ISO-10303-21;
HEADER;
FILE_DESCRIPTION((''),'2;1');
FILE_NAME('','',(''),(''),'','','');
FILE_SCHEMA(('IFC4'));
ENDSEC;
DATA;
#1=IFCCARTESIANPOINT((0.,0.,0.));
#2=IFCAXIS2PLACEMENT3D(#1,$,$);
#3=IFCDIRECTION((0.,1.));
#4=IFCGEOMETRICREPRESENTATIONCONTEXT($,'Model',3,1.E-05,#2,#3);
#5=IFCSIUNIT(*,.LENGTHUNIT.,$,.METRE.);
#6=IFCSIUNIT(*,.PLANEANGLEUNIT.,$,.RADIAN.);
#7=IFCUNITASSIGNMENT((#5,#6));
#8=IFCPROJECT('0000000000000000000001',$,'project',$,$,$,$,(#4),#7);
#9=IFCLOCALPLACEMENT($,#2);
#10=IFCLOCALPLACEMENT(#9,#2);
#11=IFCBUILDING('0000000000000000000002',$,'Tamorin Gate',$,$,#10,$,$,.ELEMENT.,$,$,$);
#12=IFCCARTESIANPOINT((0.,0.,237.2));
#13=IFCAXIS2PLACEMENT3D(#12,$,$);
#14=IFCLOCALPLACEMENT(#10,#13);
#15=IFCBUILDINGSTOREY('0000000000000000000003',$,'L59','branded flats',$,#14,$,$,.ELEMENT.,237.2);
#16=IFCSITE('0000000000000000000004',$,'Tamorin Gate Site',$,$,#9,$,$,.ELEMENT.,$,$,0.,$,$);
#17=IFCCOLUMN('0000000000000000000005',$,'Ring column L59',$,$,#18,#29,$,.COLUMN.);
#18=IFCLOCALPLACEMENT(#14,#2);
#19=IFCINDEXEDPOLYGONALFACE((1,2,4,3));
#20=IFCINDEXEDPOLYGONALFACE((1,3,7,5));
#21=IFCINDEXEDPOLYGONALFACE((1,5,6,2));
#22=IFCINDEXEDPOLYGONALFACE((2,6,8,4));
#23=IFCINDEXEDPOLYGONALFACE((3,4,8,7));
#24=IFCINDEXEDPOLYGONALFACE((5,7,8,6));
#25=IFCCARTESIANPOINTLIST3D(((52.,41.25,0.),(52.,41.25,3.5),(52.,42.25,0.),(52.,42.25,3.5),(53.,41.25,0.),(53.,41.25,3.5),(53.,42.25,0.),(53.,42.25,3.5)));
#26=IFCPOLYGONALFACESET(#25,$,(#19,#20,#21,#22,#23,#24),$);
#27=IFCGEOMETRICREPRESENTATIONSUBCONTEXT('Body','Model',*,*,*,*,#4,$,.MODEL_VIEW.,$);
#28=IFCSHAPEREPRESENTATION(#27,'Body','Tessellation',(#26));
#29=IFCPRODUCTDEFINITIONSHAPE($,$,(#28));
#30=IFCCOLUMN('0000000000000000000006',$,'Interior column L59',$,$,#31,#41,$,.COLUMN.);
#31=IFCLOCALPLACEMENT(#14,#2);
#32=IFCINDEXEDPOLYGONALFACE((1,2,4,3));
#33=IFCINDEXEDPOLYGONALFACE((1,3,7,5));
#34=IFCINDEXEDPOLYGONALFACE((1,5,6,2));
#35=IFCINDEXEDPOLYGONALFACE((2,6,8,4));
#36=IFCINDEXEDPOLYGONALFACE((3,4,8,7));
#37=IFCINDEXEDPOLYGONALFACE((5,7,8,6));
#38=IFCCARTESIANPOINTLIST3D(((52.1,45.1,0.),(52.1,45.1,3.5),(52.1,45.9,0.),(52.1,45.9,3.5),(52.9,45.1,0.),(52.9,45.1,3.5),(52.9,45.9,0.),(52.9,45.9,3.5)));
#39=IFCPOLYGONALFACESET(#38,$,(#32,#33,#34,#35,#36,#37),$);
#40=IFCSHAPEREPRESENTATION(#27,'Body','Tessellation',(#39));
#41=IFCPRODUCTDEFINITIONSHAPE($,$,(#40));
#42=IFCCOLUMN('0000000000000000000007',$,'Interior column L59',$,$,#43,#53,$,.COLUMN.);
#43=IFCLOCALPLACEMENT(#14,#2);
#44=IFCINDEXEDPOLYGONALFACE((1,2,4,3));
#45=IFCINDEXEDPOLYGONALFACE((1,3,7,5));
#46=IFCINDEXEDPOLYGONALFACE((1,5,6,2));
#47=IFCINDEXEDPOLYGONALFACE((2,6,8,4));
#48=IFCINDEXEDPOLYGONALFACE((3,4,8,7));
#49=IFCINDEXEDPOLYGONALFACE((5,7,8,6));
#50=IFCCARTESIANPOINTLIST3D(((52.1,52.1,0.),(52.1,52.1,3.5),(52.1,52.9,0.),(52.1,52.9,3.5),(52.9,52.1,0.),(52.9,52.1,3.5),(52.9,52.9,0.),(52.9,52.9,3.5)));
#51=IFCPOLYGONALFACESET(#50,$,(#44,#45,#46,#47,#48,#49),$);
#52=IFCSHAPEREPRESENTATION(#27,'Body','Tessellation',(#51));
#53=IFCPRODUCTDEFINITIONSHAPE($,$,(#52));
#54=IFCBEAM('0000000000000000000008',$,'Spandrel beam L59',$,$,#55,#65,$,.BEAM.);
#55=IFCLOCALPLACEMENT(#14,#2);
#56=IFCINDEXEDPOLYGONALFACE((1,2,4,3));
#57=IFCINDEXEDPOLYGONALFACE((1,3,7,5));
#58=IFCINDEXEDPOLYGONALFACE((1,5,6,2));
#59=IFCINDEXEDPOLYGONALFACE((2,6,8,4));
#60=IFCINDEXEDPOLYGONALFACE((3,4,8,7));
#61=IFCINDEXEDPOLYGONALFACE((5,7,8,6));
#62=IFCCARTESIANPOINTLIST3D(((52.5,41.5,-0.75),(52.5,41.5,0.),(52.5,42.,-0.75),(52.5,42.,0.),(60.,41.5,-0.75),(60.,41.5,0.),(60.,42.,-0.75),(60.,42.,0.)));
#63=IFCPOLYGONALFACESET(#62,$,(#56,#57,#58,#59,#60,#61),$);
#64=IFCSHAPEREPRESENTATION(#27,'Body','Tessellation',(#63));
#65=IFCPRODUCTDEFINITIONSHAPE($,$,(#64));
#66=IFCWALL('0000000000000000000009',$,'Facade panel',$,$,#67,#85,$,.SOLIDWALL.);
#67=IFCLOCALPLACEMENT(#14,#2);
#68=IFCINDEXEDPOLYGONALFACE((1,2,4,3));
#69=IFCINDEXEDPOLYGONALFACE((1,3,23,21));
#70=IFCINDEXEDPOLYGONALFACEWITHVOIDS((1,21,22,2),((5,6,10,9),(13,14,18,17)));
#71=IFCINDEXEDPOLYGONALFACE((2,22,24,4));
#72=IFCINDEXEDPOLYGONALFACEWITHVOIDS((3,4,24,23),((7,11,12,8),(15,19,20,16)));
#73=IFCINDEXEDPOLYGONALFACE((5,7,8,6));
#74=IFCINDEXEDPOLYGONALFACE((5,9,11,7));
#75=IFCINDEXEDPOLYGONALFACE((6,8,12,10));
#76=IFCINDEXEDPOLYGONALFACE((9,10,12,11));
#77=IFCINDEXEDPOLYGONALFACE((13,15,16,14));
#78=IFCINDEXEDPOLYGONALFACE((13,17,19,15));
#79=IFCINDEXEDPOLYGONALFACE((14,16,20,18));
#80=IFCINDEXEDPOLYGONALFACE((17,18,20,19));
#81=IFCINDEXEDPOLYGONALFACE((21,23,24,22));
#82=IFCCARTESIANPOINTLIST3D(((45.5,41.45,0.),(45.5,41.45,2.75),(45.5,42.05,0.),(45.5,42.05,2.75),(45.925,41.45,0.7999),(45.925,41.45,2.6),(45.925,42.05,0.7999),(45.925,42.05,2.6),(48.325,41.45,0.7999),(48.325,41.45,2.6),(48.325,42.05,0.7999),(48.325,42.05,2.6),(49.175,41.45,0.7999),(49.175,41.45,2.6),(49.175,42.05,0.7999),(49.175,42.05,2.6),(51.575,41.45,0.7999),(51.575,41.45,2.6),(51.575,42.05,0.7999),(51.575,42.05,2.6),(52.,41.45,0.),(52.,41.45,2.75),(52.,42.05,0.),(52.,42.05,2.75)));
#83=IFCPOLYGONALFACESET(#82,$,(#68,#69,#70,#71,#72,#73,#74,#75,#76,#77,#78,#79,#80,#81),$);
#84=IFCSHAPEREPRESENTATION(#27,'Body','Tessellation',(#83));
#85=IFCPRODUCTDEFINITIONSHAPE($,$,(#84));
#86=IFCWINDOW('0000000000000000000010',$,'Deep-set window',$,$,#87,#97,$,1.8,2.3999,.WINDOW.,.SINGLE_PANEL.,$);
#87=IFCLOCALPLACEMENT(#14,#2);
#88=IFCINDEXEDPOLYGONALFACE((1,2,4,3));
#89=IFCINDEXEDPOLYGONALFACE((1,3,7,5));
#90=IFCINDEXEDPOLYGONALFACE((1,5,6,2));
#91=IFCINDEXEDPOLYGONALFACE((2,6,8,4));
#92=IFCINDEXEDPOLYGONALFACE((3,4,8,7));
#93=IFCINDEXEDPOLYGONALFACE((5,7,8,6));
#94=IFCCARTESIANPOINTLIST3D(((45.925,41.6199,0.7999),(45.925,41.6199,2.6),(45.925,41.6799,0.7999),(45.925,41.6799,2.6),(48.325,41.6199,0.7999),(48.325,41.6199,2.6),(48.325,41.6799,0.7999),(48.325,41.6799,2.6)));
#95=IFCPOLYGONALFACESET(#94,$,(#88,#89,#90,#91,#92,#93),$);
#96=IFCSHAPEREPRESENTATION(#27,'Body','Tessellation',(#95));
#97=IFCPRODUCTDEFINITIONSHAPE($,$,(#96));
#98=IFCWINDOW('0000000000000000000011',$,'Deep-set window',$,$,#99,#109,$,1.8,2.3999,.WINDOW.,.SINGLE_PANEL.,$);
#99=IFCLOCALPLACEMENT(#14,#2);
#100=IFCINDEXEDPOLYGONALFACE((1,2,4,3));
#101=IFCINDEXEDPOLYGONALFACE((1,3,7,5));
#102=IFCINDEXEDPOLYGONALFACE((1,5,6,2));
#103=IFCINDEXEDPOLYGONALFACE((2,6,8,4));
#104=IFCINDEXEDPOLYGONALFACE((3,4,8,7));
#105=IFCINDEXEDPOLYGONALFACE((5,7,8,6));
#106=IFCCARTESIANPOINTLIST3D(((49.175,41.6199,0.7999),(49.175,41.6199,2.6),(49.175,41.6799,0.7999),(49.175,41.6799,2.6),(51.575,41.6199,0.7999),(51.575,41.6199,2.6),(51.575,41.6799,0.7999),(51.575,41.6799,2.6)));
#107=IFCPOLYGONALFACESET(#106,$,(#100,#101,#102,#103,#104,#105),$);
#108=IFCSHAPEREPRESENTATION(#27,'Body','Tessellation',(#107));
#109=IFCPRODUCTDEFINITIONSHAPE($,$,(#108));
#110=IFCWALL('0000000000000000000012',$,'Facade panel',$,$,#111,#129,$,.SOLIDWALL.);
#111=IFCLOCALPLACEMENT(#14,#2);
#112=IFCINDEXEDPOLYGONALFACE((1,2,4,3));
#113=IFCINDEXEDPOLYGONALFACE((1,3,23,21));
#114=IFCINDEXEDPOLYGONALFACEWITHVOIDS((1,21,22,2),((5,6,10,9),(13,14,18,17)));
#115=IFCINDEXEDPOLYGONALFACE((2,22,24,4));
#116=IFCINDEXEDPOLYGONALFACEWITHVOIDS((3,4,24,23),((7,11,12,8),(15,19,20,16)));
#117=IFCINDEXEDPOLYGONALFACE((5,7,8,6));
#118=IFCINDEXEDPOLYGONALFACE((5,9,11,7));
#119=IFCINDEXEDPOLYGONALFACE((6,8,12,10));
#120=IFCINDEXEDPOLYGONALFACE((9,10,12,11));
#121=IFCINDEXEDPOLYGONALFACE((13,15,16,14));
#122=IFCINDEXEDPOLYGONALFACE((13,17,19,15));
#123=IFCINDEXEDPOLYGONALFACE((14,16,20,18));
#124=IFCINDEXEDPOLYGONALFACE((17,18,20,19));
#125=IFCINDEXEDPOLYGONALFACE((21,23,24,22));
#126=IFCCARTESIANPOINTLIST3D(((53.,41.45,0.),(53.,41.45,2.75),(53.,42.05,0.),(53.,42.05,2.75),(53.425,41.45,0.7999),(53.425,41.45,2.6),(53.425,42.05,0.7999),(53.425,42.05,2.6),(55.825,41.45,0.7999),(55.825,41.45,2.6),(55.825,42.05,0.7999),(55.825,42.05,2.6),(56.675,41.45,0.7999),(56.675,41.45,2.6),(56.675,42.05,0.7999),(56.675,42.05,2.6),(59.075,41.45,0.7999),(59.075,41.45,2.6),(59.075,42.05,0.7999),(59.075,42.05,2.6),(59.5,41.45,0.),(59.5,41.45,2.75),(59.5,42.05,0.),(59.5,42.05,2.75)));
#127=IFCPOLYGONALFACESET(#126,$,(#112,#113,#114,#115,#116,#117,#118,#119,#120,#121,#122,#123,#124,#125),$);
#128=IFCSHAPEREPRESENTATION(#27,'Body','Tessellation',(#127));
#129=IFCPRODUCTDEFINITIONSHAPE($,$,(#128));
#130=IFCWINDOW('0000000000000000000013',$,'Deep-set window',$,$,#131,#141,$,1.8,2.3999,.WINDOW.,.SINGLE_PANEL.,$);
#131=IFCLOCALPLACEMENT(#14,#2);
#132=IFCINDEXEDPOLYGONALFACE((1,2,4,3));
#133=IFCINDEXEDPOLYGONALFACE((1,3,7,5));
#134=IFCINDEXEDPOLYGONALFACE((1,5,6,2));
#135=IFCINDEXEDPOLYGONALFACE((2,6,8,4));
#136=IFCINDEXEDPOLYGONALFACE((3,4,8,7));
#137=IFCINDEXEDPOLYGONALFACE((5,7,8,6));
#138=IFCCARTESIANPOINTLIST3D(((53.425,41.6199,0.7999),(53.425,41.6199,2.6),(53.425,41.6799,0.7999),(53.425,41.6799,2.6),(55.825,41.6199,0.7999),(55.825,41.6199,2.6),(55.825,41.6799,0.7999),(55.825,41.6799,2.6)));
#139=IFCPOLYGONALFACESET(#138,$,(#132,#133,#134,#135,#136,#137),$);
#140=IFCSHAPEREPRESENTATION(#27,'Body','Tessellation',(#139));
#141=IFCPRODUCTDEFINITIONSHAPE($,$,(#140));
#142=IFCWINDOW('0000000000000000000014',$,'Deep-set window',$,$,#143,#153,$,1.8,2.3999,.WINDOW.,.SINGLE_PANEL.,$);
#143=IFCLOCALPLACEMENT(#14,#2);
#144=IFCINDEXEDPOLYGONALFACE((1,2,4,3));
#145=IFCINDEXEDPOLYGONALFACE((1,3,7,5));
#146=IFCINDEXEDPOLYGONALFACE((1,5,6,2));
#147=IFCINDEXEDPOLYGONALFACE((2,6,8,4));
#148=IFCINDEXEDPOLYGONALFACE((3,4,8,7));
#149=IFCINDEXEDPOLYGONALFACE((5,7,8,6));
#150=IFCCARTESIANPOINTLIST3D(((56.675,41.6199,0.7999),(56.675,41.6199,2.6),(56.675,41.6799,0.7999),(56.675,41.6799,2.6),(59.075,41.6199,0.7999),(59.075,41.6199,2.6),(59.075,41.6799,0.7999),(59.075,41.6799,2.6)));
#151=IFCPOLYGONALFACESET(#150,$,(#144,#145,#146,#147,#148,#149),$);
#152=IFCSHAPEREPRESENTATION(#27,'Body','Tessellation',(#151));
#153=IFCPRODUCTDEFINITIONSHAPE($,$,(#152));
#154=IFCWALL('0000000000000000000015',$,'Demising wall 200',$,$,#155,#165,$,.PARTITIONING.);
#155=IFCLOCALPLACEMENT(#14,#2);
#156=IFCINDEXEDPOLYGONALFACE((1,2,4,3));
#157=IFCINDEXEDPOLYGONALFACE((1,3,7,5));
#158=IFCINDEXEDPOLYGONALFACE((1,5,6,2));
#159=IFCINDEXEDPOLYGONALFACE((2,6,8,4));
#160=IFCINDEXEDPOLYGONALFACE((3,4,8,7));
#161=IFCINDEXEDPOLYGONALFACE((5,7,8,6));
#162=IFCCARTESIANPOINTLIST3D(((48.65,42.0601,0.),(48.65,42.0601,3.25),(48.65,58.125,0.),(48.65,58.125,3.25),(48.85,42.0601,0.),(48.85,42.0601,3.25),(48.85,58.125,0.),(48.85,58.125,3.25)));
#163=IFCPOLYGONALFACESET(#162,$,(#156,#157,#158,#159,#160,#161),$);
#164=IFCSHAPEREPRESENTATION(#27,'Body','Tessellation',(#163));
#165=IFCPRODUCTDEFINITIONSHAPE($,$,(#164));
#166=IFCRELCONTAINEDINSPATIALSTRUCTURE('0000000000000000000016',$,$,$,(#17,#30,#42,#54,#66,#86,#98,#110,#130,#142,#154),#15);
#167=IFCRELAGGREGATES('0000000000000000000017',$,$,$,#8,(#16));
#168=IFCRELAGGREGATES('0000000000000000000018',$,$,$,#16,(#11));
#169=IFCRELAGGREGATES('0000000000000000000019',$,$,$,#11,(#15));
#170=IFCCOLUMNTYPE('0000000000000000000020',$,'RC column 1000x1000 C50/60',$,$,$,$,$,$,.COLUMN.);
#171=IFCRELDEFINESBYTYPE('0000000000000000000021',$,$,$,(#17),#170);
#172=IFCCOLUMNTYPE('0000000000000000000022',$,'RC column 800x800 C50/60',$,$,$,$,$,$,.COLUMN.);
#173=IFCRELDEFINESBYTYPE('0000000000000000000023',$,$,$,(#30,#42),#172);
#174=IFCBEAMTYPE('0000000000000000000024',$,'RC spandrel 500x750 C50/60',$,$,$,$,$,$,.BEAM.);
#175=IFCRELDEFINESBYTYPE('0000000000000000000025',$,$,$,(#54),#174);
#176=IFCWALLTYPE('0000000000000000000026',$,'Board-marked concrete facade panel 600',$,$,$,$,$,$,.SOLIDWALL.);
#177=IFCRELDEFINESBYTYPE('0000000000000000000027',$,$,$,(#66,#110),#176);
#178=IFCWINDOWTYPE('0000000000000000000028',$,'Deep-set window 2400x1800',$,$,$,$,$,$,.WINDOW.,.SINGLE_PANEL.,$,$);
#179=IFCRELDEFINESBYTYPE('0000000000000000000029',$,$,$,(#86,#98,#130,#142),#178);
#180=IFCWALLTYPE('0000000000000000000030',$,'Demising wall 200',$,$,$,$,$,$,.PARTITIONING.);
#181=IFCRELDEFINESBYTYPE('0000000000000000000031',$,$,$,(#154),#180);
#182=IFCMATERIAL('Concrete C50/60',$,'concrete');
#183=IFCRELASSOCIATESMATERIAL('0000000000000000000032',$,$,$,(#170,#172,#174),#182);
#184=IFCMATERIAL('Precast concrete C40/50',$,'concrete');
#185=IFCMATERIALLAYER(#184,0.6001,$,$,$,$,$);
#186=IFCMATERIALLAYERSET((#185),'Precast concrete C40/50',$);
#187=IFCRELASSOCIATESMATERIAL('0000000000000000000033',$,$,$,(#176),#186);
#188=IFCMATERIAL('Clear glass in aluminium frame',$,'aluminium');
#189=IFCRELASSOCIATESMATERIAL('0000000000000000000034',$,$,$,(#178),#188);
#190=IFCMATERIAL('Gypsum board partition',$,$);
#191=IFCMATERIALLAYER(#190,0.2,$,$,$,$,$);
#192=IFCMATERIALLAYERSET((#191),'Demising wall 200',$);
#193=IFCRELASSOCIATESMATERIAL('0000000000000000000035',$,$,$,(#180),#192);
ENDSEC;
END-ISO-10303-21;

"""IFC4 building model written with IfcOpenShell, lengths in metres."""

from ifc_helpers import new_model, si_unit, direction, frame, frame_2d, origin, origin_2d, place, context, subcontext, project, spatial, rectangle, extrude, material, layer, layer_set, material_profile, profile_set, type_object, element, fill, save


model = new_model("IFC4")

# Units and contexts
model_context = context("Model", 3, precision=1e-05, world=origin(), true_north=direction((0.0, 1.0)))
body_context = subcontext(model_context, "Body", "Model", "MODEL_VIEW")
ifc_project = project(units=[si_unit("LENGTHUNIT", "METRE"), si_unit("PLANEANGLEUNIT", "RADIAN")], contexts=[model_context])

# Site, building, storey
site_placement = place(None, origin())
site = spatial("IfcSite", under=ifc_project, at=site_placement, Name="Tamorin Gate Site", CompositionType="ELEMENT", RefElevation=0.0)
building_placement = place(site_placement, origin())
building = spatial("IfcBuilding", under=site, at=building_placement, Name="Tamorin Gate", CompositionType="ELEMENT")
storey_placement = place(building_placement, frame((0.0, 0.0, 237.2)))
storey = spatial("IfcBuildingStorey", under=building, at=storey_placement, Name="L59", Description="branded flats", CompositionType="ELEMENT", Elevation=237.2)

# Columns
ifc_material_1 = material(Name="Concrete C50/60", Category="concrete")
ifc_material_profile_1 = material_profile(ifc_material_1, rectangle(XDim=1.0, YDim=1.0, at=origin_2d()), Name="RC 1000x1000")
ifc_profile_set_1 = profile_set([ifc_material_profile_1], Name="Concrete C50/60")
column_type_1 = type_object("IfcColumnType", Name="RC column 1000x1000 C50/60", PredefinedType="COLUMN", material=ifc_profile_set_1)
column_placement = place(storey_placement, frame((52.5, 41.75, 0.0), z_axis=(0.0, 0.0, 1.0), x_axis=(1.0, 0.0, 0.0)))
element("IfcColumn", 1, at=column_placement, inside=storey, type_object=column_type_1, Name="Ring column L59", PredefinedType="COLUMN", context=body_context, shape_type="SweptSolid", body=[
    extrude(rectangle(XDim=1.0, YDim=1.0, at=origin_2d()), origin(), (0.0, 0.0, 1.0), 3.5),
])
ifc_material_profile_2 = material_profile(ifc_material_1, rectangle(XDim=0.8, YDim=0.8, at=origin_2d()), Name="RC 800x800")
ifc_profile_set_2 = profile_set([ifc_material_profile_2], Name="Concrete C50/60")
column_type_2 = type_object("IfcColumnType", Name="RC column 800x800 C50/60", PredefinedType="COLUMN", material=ifc_profile_set_2)
for number, where, z_axis, x_axis, name in (
    (2, (52.5, 45.5, 0.0), (0.0, 0.0, 1.0), (1.0, 0.0, 0.0), "Interior column L59"),
    (3, (52.5, 52.5, 0.0), (0.0, 0.0, 1.0), (1.0, 0.0, 0.0), "Interior column L59"),
):
    element("IfcColumn", number, at=place(storey_placement, frame(where, z_axis=z_axis, x_axis=x_axis)), inside=storey, type_object=column_type_2, Name=name, PredefinedType="COLUMN", context=body_context, shape_type="SweptSolid", body=[
        extrude(rectangle(XDim=0.8, YDim=0.8, at=origin_2d()), origin(), (0.0, 0.0, 1.0), 3.5),
    ])

# Beam
ifc_material_profile_3 = material_profile(ifc_material_1, rectangle(XDim=0.5, YDim=0.75, at=origin_2d()), Name="RC 500x750")
ifc_profile_set_3 = profile_set([ifc_material_profile_3], Name="Concrete C50/60")
beam_type = type_object("IfcBeamType", Name="RC spandrel 500x750 C50/60", PredefinedType="BEAM", material=ifc_profile_set_3)
beam_placement = place(storey_placement, frame((52.5, 41.75, -0.375), z_axis=(1.0, 0.0, 0.0), x_axis=(0.0, 1.0, 0.0)))
element("IfcBeam", 4, at=beam_placement, inside=storey, type_object=beam_type, Name="Spandrel beam L59", PredefinedType="BEAM", context=body_context, shape_type="SweptSolid", body=[
    extrude(rectangle(XDim=0.5, YDim=0.75, at=origin_2d()), origin(), (0.0, 0.0, 1.0), 7.5),
])

# Walls, openings, windows
ifc_material_2 = material(Name="Precast concrete C40/50", Category="concrete")
ifc_layer_1 = layer(ifc_material_2, 0.6001)
ifc_layer_set_1 = layer_set([ifc_layer_1], Name="Precast concrete C40/50")
wall_type_1 = type_object("IfcWallType", Name="Board-marked concrete facade panel 600", PredefinedType="SOLIDWALL", material=ifc_layer_set_1)
wall_1_placement = place(storey_placement, frame((45.5, 41.75, 0.0), z_axis=(0.0, 0.0, 1.0), x_axis=(1.0, 0.0, 0.0)))
wall_1 = element("IfcWall", 5, at=wall_1_placement, inside=storey, type_object=wall_type_1, Name="Facade panel", PredefinedType="SOLIDWALL", context=body_context, shape_type="SweptSolid", body=[
    extrude(rectangle(XDim=6.5, YDim=0.6001, at=frame_2d((3.25, 0.0))), origin(), (0.0, 0.0, 1.0), 2.75),
])
opening_1_placement = place(wall_1_placement, frame((0.425, 0.0, 0.8)))
opening_1 = element("IfcOpeningElement", 6, at=opening_1_placement, cuts=wall_1, PredefinedType="OPENING", context=body_context, shape_type="SweptSolid", body=[
    extrude(rectangle(XDim=2.3999, YDim=1.8, at=frame_2d((1.2, 0.8999))), frame((0.0, 0.3101, 0.0), z_axis=(0.0, -1.0, 0.0), x_axis=(1.0, 0.0, 0.0)), (0.0, 0.0, 1.0), 0.6201),
])
opening_2_placement = place(wall_1_placement, frame((3.675, 0.0, 0.8)))
opening_2 = element("IfcOpeningElement", 7, at=opening_2_placement, cuts=wall_1, PredefinedType="OPENING", context=body_context, shape_type="SweptSolid", body=[
    extrude(rectangle(XDim=2.3999, YDim=1.8, at=frame_2d((1.2, 0.8999))), frame((0.0, 0.3101, 0.0), z_axis=(0.0, -1.0, 0.0), x_axis=(1.0, 0.0, 0.0)), (0.0, 0.0, 1.0), 0.6201),
])
ifc_material_3 = material(Name="Clear glass in aluminium frame", Category="aluminium")
window_type = type_object("IfcWindowType", Name="Deep-set window 2400x1800", PartitioningType="SINGLE_PANEL", PredefinedType="WINDOW", material=ifc_material_3)
window_1_placement = place(opening_1_placement, origin())
window_1 = element("IfcWindow", 8, at=window_1_placement, inside=storey, type_object=window_type, Name="Deep-set window", OverallHeight=1.8, OverallWidth=2.3999, PartitioningType="SINGLE_PANEL", PredefinedType="WINDOW", context=body_context, shape_type="SweptSolid", body=[
    extrude(rectangle(XDim=2.3999, YDim=1.8, at=frame_2d((1.2, 0.8999))), frame((0.0, -0.0701, 0.0), z_axis=(0.0, -1.0, 0.0), x_axis=(1.0, 0.0, 0.0)), (0.0, 0.0, 1.0), 0.0601),
])
fill(opening_1, window_1)
window_2_placement = place(opening_2_placement, origin())
window_2 = element("IfcWindow", 9, at=window_2_placement, inside=storey, type_object=window_type, Name="Deep-set window", OverallHeight=1.8, OverallWidth=2.3999, PartitioningType="SINGLE_PANEL", PredefinedType="WINDOW", context=body_context, shape_type="SweptSolid", body=[
    extrude(rectangle(XDim=2.3999, YDim=1.8, at=frame_2d((1.2, 0.8999))), frame((0.0, -0.0701, 0.0), z_axis=(0.0, -1.0, 0.0), x_axis=(1.0, 0.0, 0.0)), (0.0, 0.0, 1.0), 0.0601),
])
fill(opening_2, window_2)
wall_2_placement = place(storey_placement, frame((53.0, 41.75, 0.0), z_axis=(0.0, 0.0, 1.0), x_axis=(1.0, 0.0, 0.0)))
wall_2 = element("IfcWall", 10, at=wall_2_placement, inside=storey, type_object=wall_type_1, Name="Facade panel", PredefinedType="SOLIDWALL", context=body_context, shape_type="SweptSolid", body=[
    extrude(rectangle(XDim=6.5, YDim=0.6001, at=frame_2d((3.25, 0.0))), origin(), (0.0, 0.0, 1.0), 2.75),
])
opening_3_placement = place(wall_2_placement, frame((0.425, 0.0, 0.8)))
opening_3 = element("IfcOpeningElement", 11, at=opening_3_placement, cuts=wall_2, PredefinedType="OPENING", context=body_context, shape_type="SweptSolid", body=[
    extrude(rectangle(XDim=2.3999, YDim=1.8, at=frame_2d((1.2, 0.8999))), frame((0.0, 0.3101, 0.0), z_axis=(0.0, -1.0, 0.0), x_axis=(1.0, 0.0, 0.0)), (0.0, 0.0, 1.0), 0.6201),
])
opening_4_placement = place(wall_2_placement, frame((3.675, 0.0, 0.8)))
opening_4 = element("IfcOpeningElement", 12, at=opening_4_placement, cuts=wall_2, PredefinedType="OPENING", context=body_context, shape_type="SweptSolid", body=[
    extrude(rectangle(XDim=2.3999, YDim=1.8, at=frame_2d((1.2, 0.8999))), frame((0.0, 0.3101, 0.0), z_axis=(0.0, -1.0, 0.0), x_axis=(1.0, 0.0, 0.0)), (0.0, 0.0, 1.0), 0.6201),
])
window_3_placement = place(opening_3_placement, origin())
window_3 = element("IfcWindow", 13, at=window_3_placement, inside=storey, type_object=window_type, Name="Deep-set window", OverallHeight=1.8, OverallWidth=2.3999, PartitioningType="SINGLE_PANEL", PredefinedType="WINDOW", context=body_context, shape_type="SweptSolid", body=[
    extrude(rectangle(XDim=2.3999, YDim=1.8, at=frame_2d((1.2, 0.8999))), frame((0.0, -0.0701, 0.0), z_axis=(0.0, -1.0, 0.0), x_axis=(1.0, 0.0, 0.0)), (0.0, 0.0, 1.0), 0.0601),
])
fill(opening_3, window_3)
window_4_placement = place(opening_4_placement, origin())
window_4 = element("IfcWindow", 14, at=window_4_placement, inside=storey, type_object=window_type, Name="Deep-set window", OverallHeight=1.8, OverallWidth=2.3999, PartitioningType="SINGLE_PANEL", PredefinedType="WINDOW", context=body_context, shape_type="SweptSolid", body=[
    extrude(rectangle(XDim=2.3999, YDim=1.8, at=frame_2d((1.2, 0.8999))), frame((0.0, -0.0701, 0.0), z_axis=(0.0, -1.0, 0.0), x_axis=(1.0, 0.0, 0.0)), (0.0, 0.0, 1.0), 0.0601),
])
fill(opening_4, window_4)

# Wall
ifc_material_4 = material(Name="Gypsum board partition")
ifc_layer_2 = layer(ifc_material_4, 0.2)
ifc_layer_set_2 = layer_set([ifc_layer_2], Name="Demising wall 200")
wall_type_2 = type_object("IfcWallType", Name="Demising wall 200", PredefinedType="PARTITIONING", material=ifc_layer_set_2)
wall_3_placement = place(storey_placement, frame((48.75, 42.0601, 0.0), z_axis=(0.0, 0.0, 1.0), x_axis=(0.0, 1.0, 0.0)))
element("IfcWall", 15, at=wall_3_placement, inside=storey, type_object=wall_type_2, Name="Demising wall 200", PredefinedType="PARTITIONING", context=body_context, shape_type="SweptSolid", body=[
    extrude(rectangle(XDim=16.0649, YDim=0.2, at=frame_2d((8.0325, 0.0))), origin(), (0.0, 0.0, 1.0), 3.25),
])

save(model, "model.ifc")
